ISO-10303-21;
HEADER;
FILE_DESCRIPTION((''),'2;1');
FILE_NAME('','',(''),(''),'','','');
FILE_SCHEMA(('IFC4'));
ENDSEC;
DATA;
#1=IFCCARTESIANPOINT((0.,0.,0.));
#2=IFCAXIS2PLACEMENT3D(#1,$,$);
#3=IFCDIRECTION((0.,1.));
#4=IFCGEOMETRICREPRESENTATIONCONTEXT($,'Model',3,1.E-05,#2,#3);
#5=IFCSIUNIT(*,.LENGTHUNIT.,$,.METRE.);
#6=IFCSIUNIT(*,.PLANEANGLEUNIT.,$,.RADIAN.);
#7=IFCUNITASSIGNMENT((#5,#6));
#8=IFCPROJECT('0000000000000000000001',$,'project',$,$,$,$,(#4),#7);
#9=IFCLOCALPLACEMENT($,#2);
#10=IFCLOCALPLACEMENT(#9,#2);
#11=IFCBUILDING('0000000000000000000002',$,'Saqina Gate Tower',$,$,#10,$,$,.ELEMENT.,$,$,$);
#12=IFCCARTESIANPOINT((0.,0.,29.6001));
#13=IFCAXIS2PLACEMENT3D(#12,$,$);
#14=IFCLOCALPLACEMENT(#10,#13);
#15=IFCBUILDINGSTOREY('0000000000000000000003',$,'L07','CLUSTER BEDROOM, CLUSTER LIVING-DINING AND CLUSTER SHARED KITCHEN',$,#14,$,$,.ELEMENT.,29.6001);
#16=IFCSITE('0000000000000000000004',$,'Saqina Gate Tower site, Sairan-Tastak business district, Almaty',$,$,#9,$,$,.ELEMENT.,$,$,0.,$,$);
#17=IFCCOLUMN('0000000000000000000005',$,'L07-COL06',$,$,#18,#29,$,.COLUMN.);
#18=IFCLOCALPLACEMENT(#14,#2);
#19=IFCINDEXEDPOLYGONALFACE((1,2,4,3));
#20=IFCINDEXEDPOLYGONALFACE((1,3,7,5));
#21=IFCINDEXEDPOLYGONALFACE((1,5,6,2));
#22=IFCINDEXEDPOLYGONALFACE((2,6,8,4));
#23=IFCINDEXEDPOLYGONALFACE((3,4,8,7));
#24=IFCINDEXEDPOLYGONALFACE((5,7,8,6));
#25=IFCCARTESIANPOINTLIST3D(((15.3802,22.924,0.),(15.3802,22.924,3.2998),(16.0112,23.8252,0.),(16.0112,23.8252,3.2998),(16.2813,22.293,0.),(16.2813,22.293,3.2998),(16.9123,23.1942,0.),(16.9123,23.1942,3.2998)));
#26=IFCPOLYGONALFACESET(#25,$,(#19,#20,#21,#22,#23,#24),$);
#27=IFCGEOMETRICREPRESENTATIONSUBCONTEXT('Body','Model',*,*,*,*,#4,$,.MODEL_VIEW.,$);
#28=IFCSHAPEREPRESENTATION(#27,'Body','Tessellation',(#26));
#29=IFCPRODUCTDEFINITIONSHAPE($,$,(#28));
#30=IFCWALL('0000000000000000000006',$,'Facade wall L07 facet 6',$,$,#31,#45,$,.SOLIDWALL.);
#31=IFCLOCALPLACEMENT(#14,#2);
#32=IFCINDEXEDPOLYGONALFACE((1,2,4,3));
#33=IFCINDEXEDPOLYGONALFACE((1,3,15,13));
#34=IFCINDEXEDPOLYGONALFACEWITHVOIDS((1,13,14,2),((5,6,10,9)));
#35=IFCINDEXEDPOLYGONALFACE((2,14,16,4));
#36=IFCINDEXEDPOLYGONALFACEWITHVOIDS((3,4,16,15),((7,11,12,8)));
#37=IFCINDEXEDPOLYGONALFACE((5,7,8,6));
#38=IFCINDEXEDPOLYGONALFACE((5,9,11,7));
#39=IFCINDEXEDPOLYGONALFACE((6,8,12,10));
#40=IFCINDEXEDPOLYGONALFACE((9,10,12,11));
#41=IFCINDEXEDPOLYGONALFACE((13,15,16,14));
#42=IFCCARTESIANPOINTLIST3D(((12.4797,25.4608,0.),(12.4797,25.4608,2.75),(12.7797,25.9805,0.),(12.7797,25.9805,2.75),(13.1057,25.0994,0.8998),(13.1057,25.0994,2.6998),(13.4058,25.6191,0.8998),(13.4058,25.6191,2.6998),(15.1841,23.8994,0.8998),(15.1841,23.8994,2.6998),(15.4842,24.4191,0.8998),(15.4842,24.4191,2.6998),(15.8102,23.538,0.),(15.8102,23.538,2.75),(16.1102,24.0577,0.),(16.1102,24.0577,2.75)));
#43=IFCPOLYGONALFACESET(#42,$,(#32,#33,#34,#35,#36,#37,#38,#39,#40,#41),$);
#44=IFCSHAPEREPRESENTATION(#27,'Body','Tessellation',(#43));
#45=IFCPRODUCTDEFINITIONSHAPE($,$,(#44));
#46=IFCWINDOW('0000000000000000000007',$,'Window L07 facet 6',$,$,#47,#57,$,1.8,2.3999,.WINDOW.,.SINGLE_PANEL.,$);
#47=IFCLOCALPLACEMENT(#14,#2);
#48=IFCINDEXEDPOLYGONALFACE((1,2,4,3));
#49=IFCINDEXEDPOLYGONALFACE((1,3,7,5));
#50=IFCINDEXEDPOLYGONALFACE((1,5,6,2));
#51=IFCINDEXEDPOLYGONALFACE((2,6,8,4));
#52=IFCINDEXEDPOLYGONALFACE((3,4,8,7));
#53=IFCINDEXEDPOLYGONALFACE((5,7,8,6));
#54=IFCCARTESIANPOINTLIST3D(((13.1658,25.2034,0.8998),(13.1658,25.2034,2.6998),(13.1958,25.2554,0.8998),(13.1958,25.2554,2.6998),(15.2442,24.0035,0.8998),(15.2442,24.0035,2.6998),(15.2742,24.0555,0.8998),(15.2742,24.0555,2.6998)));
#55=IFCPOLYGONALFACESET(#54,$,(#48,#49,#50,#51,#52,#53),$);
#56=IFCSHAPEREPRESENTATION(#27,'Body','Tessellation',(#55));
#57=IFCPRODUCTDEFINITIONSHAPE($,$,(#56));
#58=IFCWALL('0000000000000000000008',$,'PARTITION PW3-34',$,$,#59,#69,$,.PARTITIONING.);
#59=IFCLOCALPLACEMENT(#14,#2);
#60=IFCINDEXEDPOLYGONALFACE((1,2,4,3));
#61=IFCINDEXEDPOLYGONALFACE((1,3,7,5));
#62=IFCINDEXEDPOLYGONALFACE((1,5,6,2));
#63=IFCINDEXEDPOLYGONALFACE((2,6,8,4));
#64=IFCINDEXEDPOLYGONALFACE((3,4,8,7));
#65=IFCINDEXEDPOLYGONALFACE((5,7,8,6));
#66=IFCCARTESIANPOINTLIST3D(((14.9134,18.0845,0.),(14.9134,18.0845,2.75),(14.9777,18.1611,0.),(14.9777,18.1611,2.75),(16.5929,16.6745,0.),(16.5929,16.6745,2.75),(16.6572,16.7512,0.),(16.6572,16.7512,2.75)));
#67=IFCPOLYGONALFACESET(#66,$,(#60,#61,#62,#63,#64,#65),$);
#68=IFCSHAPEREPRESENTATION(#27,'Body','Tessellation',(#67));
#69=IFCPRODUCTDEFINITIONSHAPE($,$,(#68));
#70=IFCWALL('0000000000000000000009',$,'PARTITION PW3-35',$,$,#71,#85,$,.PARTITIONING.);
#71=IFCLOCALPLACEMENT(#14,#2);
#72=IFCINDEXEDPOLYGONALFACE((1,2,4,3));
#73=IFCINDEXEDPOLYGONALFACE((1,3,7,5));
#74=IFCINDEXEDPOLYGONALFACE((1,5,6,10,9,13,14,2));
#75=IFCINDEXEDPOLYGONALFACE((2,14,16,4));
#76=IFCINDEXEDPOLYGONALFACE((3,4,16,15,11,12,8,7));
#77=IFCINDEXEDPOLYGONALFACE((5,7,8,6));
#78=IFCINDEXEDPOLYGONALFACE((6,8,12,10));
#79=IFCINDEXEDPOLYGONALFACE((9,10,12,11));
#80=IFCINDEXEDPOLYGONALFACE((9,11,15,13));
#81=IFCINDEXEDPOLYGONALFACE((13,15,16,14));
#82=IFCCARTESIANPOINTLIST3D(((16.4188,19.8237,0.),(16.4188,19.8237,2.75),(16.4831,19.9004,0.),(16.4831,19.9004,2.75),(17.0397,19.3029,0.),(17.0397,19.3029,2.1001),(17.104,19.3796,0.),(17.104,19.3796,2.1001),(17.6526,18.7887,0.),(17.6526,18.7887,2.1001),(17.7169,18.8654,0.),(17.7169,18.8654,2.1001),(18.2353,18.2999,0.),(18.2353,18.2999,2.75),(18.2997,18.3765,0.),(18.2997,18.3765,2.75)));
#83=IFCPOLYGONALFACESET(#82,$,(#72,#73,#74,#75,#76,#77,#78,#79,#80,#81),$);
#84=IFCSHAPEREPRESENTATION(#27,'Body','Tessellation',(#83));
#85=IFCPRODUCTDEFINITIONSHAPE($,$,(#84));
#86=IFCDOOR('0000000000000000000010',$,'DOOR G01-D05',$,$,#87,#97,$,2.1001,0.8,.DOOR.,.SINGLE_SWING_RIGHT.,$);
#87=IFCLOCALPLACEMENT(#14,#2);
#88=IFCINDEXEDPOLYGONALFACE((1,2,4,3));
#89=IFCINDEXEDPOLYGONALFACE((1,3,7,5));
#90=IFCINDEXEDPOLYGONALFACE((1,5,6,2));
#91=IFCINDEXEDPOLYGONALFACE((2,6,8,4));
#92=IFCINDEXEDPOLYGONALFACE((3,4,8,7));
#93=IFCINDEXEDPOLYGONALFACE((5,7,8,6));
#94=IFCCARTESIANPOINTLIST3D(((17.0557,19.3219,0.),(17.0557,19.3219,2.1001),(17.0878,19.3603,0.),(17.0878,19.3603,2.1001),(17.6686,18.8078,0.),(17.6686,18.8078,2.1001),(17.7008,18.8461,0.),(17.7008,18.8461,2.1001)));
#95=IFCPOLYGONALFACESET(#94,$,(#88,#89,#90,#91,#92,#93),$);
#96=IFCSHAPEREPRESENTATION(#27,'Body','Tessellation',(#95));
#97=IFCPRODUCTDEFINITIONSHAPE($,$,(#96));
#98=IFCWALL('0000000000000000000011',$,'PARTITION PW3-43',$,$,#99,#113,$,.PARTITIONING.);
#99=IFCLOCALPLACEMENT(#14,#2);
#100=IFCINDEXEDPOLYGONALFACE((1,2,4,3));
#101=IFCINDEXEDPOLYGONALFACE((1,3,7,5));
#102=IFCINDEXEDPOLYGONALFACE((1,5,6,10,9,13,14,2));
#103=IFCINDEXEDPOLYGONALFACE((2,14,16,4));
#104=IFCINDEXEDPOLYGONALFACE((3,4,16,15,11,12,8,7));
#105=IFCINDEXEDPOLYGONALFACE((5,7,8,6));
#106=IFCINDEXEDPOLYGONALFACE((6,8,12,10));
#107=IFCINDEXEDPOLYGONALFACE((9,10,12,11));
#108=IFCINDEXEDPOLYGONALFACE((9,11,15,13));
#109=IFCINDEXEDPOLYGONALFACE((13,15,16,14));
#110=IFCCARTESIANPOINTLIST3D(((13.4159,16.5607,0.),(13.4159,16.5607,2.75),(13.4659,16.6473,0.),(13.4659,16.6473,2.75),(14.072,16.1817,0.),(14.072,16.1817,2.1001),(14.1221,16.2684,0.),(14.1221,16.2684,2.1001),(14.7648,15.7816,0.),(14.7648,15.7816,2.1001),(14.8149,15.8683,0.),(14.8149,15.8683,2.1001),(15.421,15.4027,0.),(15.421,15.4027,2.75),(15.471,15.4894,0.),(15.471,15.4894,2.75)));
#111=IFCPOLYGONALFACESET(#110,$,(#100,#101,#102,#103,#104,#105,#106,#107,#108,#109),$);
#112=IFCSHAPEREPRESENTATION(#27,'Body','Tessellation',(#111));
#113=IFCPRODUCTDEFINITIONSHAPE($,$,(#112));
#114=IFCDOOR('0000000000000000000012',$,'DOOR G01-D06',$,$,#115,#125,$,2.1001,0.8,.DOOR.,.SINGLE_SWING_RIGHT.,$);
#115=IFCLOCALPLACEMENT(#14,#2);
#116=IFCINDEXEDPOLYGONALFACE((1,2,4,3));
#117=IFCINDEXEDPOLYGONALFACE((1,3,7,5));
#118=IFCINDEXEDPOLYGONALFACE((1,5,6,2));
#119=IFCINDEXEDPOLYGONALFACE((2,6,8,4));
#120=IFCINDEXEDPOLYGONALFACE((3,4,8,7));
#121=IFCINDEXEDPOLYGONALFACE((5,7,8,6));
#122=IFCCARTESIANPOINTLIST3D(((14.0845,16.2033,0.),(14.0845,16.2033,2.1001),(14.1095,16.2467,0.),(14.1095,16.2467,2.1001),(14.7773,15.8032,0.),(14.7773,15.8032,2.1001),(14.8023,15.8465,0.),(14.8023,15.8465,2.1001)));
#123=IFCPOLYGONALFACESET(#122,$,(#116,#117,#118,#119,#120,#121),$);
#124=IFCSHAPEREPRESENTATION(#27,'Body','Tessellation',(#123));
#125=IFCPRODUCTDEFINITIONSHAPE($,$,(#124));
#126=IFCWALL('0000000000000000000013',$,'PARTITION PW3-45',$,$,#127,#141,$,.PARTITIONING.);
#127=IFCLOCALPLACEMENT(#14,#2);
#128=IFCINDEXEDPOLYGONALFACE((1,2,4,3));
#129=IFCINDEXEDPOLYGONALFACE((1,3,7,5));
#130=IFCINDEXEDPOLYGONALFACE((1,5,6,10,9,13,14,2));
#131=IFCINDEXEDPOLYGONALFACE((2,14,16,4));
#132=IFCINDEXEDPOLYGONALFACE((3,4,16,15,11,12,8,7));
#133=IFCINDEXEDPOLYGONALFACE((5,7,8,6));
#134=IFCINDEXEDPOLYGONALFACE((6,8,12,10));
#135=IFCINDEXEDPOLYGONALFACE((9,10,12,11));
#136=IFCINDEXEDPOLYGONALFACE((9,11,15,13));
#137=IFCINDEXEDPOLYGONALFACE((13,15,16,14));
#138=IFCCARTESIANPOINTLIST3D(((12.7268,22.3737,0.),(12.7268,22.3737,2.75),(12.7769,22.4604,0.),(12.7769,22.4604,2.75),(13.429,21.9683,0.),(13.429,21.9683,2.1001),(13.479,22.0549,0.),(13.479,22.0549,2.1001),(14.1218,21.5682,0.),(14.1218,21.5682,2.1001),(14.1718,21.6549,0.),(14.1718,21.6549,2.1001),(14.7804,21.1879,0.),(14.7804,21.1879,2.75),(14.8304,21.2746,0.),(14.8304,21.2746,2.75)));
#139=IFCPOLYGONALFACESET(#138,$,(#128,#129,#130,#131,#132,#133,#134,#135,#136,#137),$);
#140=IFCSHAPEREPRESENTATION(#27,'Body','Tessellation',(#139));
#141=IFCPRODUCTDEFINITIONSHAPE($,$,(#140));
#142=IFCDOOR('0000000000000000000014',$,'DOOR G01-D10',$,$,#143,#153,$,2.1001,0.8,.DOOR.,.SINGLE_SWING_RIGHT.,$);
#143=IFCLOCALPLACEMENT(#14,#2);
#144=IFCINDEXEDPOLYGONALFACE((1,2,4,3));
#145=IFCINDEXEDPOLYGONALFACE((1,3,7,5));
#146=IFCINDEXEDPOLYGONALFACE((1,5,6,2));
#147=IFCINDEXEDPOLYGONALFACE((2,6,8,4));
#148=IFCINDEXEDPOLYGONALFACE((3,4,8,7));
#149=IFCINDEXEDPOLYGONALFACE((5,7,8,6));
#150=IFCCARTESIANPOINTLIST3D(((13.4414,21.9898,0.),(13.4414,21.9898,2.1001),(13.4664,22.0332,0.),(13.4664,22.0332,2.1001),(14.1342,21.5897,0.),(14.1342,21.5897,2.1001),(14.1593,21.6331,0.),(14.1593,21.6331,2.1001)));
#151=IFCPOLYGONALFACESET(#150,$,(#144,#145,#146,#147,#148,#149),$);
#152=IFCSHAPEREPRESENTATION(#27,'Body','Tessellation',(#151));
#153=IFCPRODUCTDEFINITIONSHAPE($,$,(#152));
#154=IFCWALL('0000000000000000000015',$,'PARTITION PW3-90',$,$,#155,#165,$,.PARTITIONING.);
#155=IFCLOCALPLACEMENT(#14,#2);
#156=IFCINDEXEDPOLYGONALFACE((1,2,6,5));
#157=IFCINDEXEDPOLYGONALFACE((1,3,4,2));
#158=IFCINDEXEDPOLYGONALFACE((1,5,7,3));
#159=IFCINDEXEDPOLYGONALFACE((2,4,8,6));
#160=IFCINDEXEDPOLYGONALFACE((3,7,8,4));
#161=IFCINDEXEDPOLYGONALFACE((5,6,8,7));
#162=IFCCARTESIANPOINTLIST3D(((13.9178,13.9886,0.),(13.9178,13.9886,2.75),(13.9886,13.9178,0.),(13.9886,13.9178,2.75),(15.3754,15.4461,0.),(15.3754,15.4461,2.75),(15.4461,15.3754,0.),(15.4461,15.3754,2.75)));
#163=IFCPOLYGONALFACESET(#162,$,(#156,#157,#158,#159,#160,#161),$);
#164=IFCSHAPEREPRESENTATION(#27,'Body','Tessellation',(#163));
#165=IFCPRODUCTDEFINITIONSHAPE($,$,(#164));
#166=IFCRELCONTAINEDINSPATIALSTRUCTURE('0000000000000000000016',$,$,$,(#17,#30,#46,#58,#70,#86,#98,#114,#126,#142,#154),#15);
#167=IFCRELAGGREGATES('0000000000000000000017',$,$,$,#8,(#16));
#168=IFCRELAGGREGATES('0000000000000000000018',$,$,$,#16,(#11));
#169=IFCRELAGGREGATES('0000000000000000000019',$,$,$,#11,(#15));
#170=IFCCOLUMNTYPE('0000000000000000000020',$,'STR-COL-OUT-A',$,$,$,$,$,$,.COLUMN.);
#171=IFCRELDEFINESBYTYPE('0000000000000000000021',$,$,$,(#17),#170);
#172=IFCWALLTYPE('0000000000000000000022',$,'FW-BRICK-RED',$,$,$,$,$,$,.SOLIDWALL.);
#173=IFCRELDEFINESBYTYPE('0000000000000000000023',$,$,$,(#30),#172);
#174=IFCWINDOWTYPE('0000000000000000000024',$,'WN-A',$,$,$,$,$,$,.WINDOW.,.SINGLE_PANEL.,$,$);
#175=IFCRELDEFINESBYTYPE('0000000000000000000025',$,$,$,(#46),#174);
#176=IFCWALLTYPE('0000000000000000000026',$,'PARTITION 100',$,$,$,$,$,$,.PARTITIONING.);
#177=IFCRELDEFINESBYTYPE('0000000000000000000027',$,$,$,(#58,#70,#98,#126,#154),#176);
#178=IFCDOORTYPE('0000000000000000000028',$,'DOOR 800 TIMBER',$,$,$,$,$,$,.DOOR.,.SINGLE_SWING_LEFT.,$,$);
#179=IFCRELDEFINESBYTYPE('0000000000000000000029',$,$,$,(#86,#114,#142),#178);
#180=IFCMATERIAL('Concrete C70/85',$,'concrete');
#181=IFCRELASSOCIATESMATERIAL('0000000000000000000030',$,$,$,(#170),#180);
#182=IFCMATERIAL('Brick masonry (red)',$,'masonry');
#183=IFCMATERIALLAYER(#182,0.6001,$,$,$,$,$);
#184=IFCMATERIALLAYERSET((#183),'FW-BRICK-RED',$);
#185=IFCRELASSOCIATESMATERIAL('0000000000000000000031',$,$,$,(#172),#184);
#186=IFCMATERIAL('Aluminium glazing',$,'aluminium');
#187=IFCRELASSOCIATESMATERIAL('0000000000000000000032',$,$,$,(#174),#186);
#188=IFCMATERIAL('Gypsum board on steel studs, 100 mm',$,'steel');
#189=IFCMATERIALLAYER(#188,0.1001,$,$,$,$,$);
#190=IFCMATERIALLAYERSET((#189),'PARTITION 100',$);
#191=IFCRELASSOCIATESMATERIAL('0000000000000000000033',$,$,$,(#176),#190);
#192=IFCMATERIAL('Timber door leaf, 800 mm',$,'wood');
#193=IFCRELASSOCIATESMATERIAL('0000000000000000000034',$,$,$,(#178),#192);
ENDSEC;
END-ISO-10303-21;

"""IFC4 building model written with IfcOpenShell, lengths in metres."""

from ifc_helpers import new_model, si_unit, direction, frame, frame_2d, origin, origin_2d, place, context, subcontext, project, spatial, rectangle, extrude, material, layer, layer_set, material_profile, profile_set, type_object, element, fill, save


model = new_model("IFC4")

# Units and contexts
model_context = context("Model", 3, precision=1e-05, world=origin(), true_north=direction((0.0, 1.0)))
body_context = subcontext(model_context, "Body", "Model", "MODEL_VIEW")
ifc_project = project(units=[si_unit("LENGTHUNIT", "METRE"), si_unit("PLANEANGLEUNIT", "RADIAN")], contexts=[model_context])

# Site, building, storey
site_placement = place(None, origin())
site = spatial("IfcSite", under=ifc_project, at=site_placement, Name="Saqina Gate Tower site, Sairan-Tastak business district, Almaty", CompositionType="ELEMENT", RefElevation=0.0)
building_placement = place(site_placement, origin())
building = spatial("IfcBuilding", under=site, at=building_placement, Name="Saqina Gate Tower", CompositionType="ELEMENT")
storey_placement = place(building_placement, frame((0.0, 0.0, 29.6001)))
storey = spatial("IfcBuildingStorey", under=building, at=storey_placement, Name="L07", Description="CLUSTER BEDROOM, CLUSTER LIVING-DINING AND CLUSTER SHARED KITCHEN", CompositionType="ELEMENT", Elevation=29.6001)

# Column
ifc_material_1 = material(Name="Concrete C70/85", Category="concrete")
ifc_material_profile = material_profile(ifc_material_1, rectangle(XDim=1.1001, YDim=1.1001, at=origin_2d()), Name="RC 1100x1100")
ifc_profile_set = profile_set([ifc_material_profile], Name="Concrete C70/85")
column_type = type_object("IfcColumnType", Name="STR-COL-OUT-A", PredefinedType="COLUMN", material=ifc_profile_set)
column_placement = place(storey_placement, frame((16.1462, 23.0591, 0.0), z_axis=(0.0, 0.0, 1.0), x_axis=(0.573576, 0.819152, 0.0)))
element("IfcColumn", 1, at=column_placement, inside=storey, type_object=column_type, Name="L07-COL06", PredefinedType="COLUMN", context=body_context, shape_type="SweptSolid", body=[
    extrude(rectangle(XDim=1.1001, YDim=1.1001, at=origin_2d()), origin(), (0.0, 0.0, 1.0), 3.2998),
])

# Wall, opening, window
ifc_material_2 = material(Name="Brick masonry (red)", Category="masonry")
ifc_layer_1 = layer(ifc_material_2, 0.6001)
ifc_layer_set_1 = layer_set([ifc_layer_1], Name="FW-BRICK-RED")
wall_type_1 = type_object("IfcWallType", Name="FW-BRICK-RED", PredefinedType="SOLIDWALL", material=ifc_layer_set_1)
wall_1_placement = place(storey_placement, frame((15.9602, 23.7979, 0.0), z_axis=(0.0, 0.0, 1.0), x_axis=(-0.866031, 0.49999, 0.0)))
wall_1 = element("IfcWall", 2, at=wall_1_placement, inside=storey, type_object=wall_type_1, Name="Facade wall L07 facet 6", PredefinedType="SOLIDWALL", context=body_context, shape_type="SweptSolid", body=[
    extrude(rectangle(XDim=3.8457, YDim=0.6001, at=frame_2d((1.9229, 0.0))), origin(), (0.0, 0.0, 1.0), 2.75),
])
opening_1_placement = place(wall_1_placement, frame((0.7229, 0.0, 0.8999)))
opening_1 = element("IfcOpeningElement", 3, at=opening_1_placement, cuts=wall_1, PredefinedType="OPENING", context=body_context, shape_type="SweptSolid", body=[
    extrude(rectangle(XDim=2.3999, YDim=1.8, at=frame_2d((1.2, 0.8999))), frame((0.0, 0.312, 0.0), z_axis=(0.0, -1.0, 0.0), x_axis=(1.0, 0.0, 0.0)), (0.0, 0.0, 1.0), 0.624),
])
ifc_material_3 = material(Name="Aluminium glazing", Category="aluminium")
window_type = type_object("IfcWindowType", Name="WN-A", PartitioningType="SINGLE_PANEL", PredefinedType="WINDOW", material=ifc_material_3)
window_placement = place(opening_1_placement, origin())
window = element("IfcWindow", 4, at=window_placement, inside=storey, type_object=window_type, Name="Window L07 facet 6", OverallHeight=1.8, OverallWidth=2.3999, PartitioningType="SINGLE_PANEL", PredefinedType="WINDOW", context=body_context, shape_type="SweptSolid", body=[
    extrude(rectangle(XDim=2.3999, YDim=1.8, at=frame_2d((1.2, 0.8999))), frame((0.0, 0.1799, 0.0), z_axis=(0.0, -1.0, 0.0), x_axis=(1.0, 0.0, 0.0)), (0.0, 0.0, 1.0), 0.0601),
])
fill(opening_1, window)

# Wall
ifc_material_4 = material(Name="Gypsum board on steel studs, 100 mm", Category="steel")
ifc_layer_2 = layer(ifc_material_4, 0.1001)
ifc_layer_set_2 = layer_set([ifc_layer_2], Name="PARTITION 100")
wall_type_2 = type_object("IfcWallType", Name="PARTITION 100", PredefinedType="PARTITIONING", material=ifc_layer_set_2)
wall_2_placement = place(storey_placement, frame((14.9456, 18.1228, 0.0), z_axis=(0.0, 0.0, 1.0), x_axis=(0.765889, -0.642973, 0.0)))
element("IfcWall", 5, at=wall_2_placement, inside=storey, type_object=wall_type_2, Name="PARTITION PW3-34", PredefinedType="PARTITIONING", context=body_context, shape_type="SweptSolid", body=[
    extrude(rectangle(XDim=2.1929, YDim=0.1001, at=frame_2d((1.0964, 0.0))), origin(), (0.0, 0.0, 1.0), 2.75),
])

# Walls, openings, doors
wall_3_placement = place(storey_placement, frame((16.4509, 19.8621, 0.0), z_axis=(0.0, 0.0, 1.0), x_axis=(0.766133, -0.642682, 0.0)))
wall_3 = element("IfcWall", 6, at=wall_3_placement, inside=storey, type_object=wall_type_2, Name="PARTITION PW3-35", PredefinedType="PARTITIONING", context=body_context, shape_type="SweptSolid", body=[
    extrude(rectangle(XDim=2.3711, YDim=0.1001, at=frame_2d((1.1855, 0.0))), origin(), (0.0, 0.0, 1.0), 2.75),
])
opening_2_placement = place(wall_3_placement, frame((0.8105, 0.0, 0.0)))
opening_2 = element("IfcOpeningElement", 7, at=opening_2_placement, cuts=wall_3, PredefinedType="OPENING", context=body_context, shape_type="SweptSolid", body=[
    extrude(rectangle(XDim=0.8, YDim=2.1001, at=frame_2d((0.3999, 1.05))), frame((0.0, 0.062, 0.0), z_axis=(0.0, -1.0, 0.0), x_axis=(1.0, 0.0, 0.0)), (0.0, 0.0, 1.0), 0.124),
])
ifc_material_5 = material(Name="Timber door leaf, 800 mm", Category="wood")
door_type_1 = type_object("IfcDoorType", Name="DOOR 800 TIMBER", OperationType="SINGLE_SWING_LEFT", PredefinedType="DOOR", material=ifc_material_5)
door_1_placement = place(opening_2_placement, origin())
door_1 = element("IfcDoor", 8, at=door_1_placement, inside=storey, type_object=door_type_1, Name="DOOR G01-D05", OperationType="SINGLE_SWING_RIGHT", OverallHeight=2.1001, OverallWidth=0.8, PredefinedType="DOOR", context=body_context, shape_type="SweptSolid", body=[
    extrude(rectangle(XDim=0.8, YDim=2.1001, at=frame_2d((0.3999, 1.05))), frame((0.0, 0.0249, 0.0), z_axis=(0.0, -1.0, 0.0), x_axis=(1.0, 0.0, 0.0)), (0.0, 0.0, 1.0), 0.05),
])
fill(opening_2, door_1)
wall_4_placement = place(storey_placement, frame((13.4409, 16.604, 0.0), z_axis=(0.0, 0.0, 1.0), x_axis=(0.86597, -0.500097, 0.0)))
wall_4 = element("IfcWall", 9, at=wall_4_placement, inside=storey, type_object=wall_type_2, Name="PARTITION PW3-43", PredefinedType="PARTITIONING", context=body_context, shape_type="SweptSolid", body=[
    extrude(rectangle(XDim=2.3154, YDim=0.1001, at=frame_2d((1.1577, 0.0))), origin(), (0.0, 0.0, 1.0), 2.75),
])
opening_3_placement = place(wall_4_placement, frame((0.7578, 0.0, 0.0)))
opening_3 = element("IfcOpeningElement", 10, at=opening_3_placement, cuts=wall_4, PredefinedType="OPENING", context=body_context, shape_type="SweptSolid", body=[
    extrude(rectangle(XDim=0.8, YDim=2.1001, at=frame_2d((0.3999, 1.05))), frame((0.0, 0.062, 0.0), z_axis=(0.0, -1.0, 0.0), x_axis=(1.0, 0.0, 0.0)), (0.0, 0.0, 1.0), 0.124),
])
door_2_placement = place(opening_3_placement, origin())
door_2 = element("IfcDoor", 11, at=door_2_placement, inside=storey, type_object=door_type_1, Name="DOOR G01-D06", OperationType="SINGLE_SWING_RIGHT", OverallHeight=2.1001, OverallWidth=0.8, PredefinedType="DOOR", context=body_context, shape_type="SweptSolid", body=[
    extrude(rectangle(XDim=0.8, YDim=2.1001, at=frame_2d((0.3999, 1.05))), frame((0.0, 0.0249, 0.0), z_axis=(0.0, -1.0, 0.0), x_axis=(1.0, 0.0, 0.0)), (0.0, 0.0, 1.0), 0.05),
])
fill(opening_3, door_2)
wall_5_placement = place(storey_placement, frame((12.752, 22.417, 0.0), z_axis=(0.0, 0.0, 1.0), x_axis=(0.865985, -0.50007, 0.0)))
wall_5 = element("IfcWall", 12, at=wall_5_placement, inside=storey, type_object=wall_type_2, Name="PARTITION PW3-45", PredefinedType="PARTITIONING", context=body_context, shape_type="SweptSolid", body=[
    extrude(rectangle(XDim=2.3713, YDim=0.1001, at=frame_2d((1.1855, 0.0))), origin(), (0.0, 0.0, 1.0), 2.75),
])
opening_4_placement = place(wall_5_placement, frame((0.8108, 0.0, 0.0)))
opening_4 = element("IfcOpeningElement", 13, at=opening_4_placement, cuts=wall_5, PredefinedType="OPENING", context=body_context, shape_type="SweptSolid", body=[
    extrude(rectangle(XDim=0.8, YDim=2.1001, at=frame_2d((0.3999, 1.05))), frame((0.0, 0.062, 0.0), z_axis=(0.0, -1.0, 0.0), x_axis=(1.0, 0.0, 0.0)), (0.0, 0.0, 1.0), 0.124),
])
door_3_placement = place(opening_4_placement, origin())
door_3 = element("IfcDoor", 14, at=door_3_placement, inside=storey, type_object=door_type_1, Name="DOOR G01-D10", OperationType="SINGLE_SWING_RIGHT", OverallHeight=2.1001, OverallWidth=0.8, PredefinedType="DOOR", context=body_context, shape_type="SweptSolid", body=[
    extrude(rectangle(XDim=0.8, YDim=2.1001, at=frame_2d((0.3999, 1.05))), frame((0.0, 0.0249, 0.0), z_axis=(0.0, -1.0, 0.0), x_axis=(1.0, 0.0, 0.0)), (0.0, 0.0, 1.0), 0.05),
])
fill(opening_4, door_3)

# Wall
wall_6_placement = place(storey_placement, frame((13.9531, 13.9531, 0.0), z_axis=(0.0, 0.0, 1.0), x_axis=(0.707107, 0.707107, 0.0)))
element("IfcWall", 15, at=wall_6_placement, inside=storey, type_object=wall_type_2, Name="PARTITION PW3-90", PredefinedType="PARTITIONING", context=body_context, shape_type="SweptSolid", body=[
    extrude(rectangle(XDim=2.0613, YDim=0.1001, at=frame_2d((1.0308, 0.0))), origin(), (0.0, 0.0, 1.0), 2.75),
])

save(model, "model.ifc")
